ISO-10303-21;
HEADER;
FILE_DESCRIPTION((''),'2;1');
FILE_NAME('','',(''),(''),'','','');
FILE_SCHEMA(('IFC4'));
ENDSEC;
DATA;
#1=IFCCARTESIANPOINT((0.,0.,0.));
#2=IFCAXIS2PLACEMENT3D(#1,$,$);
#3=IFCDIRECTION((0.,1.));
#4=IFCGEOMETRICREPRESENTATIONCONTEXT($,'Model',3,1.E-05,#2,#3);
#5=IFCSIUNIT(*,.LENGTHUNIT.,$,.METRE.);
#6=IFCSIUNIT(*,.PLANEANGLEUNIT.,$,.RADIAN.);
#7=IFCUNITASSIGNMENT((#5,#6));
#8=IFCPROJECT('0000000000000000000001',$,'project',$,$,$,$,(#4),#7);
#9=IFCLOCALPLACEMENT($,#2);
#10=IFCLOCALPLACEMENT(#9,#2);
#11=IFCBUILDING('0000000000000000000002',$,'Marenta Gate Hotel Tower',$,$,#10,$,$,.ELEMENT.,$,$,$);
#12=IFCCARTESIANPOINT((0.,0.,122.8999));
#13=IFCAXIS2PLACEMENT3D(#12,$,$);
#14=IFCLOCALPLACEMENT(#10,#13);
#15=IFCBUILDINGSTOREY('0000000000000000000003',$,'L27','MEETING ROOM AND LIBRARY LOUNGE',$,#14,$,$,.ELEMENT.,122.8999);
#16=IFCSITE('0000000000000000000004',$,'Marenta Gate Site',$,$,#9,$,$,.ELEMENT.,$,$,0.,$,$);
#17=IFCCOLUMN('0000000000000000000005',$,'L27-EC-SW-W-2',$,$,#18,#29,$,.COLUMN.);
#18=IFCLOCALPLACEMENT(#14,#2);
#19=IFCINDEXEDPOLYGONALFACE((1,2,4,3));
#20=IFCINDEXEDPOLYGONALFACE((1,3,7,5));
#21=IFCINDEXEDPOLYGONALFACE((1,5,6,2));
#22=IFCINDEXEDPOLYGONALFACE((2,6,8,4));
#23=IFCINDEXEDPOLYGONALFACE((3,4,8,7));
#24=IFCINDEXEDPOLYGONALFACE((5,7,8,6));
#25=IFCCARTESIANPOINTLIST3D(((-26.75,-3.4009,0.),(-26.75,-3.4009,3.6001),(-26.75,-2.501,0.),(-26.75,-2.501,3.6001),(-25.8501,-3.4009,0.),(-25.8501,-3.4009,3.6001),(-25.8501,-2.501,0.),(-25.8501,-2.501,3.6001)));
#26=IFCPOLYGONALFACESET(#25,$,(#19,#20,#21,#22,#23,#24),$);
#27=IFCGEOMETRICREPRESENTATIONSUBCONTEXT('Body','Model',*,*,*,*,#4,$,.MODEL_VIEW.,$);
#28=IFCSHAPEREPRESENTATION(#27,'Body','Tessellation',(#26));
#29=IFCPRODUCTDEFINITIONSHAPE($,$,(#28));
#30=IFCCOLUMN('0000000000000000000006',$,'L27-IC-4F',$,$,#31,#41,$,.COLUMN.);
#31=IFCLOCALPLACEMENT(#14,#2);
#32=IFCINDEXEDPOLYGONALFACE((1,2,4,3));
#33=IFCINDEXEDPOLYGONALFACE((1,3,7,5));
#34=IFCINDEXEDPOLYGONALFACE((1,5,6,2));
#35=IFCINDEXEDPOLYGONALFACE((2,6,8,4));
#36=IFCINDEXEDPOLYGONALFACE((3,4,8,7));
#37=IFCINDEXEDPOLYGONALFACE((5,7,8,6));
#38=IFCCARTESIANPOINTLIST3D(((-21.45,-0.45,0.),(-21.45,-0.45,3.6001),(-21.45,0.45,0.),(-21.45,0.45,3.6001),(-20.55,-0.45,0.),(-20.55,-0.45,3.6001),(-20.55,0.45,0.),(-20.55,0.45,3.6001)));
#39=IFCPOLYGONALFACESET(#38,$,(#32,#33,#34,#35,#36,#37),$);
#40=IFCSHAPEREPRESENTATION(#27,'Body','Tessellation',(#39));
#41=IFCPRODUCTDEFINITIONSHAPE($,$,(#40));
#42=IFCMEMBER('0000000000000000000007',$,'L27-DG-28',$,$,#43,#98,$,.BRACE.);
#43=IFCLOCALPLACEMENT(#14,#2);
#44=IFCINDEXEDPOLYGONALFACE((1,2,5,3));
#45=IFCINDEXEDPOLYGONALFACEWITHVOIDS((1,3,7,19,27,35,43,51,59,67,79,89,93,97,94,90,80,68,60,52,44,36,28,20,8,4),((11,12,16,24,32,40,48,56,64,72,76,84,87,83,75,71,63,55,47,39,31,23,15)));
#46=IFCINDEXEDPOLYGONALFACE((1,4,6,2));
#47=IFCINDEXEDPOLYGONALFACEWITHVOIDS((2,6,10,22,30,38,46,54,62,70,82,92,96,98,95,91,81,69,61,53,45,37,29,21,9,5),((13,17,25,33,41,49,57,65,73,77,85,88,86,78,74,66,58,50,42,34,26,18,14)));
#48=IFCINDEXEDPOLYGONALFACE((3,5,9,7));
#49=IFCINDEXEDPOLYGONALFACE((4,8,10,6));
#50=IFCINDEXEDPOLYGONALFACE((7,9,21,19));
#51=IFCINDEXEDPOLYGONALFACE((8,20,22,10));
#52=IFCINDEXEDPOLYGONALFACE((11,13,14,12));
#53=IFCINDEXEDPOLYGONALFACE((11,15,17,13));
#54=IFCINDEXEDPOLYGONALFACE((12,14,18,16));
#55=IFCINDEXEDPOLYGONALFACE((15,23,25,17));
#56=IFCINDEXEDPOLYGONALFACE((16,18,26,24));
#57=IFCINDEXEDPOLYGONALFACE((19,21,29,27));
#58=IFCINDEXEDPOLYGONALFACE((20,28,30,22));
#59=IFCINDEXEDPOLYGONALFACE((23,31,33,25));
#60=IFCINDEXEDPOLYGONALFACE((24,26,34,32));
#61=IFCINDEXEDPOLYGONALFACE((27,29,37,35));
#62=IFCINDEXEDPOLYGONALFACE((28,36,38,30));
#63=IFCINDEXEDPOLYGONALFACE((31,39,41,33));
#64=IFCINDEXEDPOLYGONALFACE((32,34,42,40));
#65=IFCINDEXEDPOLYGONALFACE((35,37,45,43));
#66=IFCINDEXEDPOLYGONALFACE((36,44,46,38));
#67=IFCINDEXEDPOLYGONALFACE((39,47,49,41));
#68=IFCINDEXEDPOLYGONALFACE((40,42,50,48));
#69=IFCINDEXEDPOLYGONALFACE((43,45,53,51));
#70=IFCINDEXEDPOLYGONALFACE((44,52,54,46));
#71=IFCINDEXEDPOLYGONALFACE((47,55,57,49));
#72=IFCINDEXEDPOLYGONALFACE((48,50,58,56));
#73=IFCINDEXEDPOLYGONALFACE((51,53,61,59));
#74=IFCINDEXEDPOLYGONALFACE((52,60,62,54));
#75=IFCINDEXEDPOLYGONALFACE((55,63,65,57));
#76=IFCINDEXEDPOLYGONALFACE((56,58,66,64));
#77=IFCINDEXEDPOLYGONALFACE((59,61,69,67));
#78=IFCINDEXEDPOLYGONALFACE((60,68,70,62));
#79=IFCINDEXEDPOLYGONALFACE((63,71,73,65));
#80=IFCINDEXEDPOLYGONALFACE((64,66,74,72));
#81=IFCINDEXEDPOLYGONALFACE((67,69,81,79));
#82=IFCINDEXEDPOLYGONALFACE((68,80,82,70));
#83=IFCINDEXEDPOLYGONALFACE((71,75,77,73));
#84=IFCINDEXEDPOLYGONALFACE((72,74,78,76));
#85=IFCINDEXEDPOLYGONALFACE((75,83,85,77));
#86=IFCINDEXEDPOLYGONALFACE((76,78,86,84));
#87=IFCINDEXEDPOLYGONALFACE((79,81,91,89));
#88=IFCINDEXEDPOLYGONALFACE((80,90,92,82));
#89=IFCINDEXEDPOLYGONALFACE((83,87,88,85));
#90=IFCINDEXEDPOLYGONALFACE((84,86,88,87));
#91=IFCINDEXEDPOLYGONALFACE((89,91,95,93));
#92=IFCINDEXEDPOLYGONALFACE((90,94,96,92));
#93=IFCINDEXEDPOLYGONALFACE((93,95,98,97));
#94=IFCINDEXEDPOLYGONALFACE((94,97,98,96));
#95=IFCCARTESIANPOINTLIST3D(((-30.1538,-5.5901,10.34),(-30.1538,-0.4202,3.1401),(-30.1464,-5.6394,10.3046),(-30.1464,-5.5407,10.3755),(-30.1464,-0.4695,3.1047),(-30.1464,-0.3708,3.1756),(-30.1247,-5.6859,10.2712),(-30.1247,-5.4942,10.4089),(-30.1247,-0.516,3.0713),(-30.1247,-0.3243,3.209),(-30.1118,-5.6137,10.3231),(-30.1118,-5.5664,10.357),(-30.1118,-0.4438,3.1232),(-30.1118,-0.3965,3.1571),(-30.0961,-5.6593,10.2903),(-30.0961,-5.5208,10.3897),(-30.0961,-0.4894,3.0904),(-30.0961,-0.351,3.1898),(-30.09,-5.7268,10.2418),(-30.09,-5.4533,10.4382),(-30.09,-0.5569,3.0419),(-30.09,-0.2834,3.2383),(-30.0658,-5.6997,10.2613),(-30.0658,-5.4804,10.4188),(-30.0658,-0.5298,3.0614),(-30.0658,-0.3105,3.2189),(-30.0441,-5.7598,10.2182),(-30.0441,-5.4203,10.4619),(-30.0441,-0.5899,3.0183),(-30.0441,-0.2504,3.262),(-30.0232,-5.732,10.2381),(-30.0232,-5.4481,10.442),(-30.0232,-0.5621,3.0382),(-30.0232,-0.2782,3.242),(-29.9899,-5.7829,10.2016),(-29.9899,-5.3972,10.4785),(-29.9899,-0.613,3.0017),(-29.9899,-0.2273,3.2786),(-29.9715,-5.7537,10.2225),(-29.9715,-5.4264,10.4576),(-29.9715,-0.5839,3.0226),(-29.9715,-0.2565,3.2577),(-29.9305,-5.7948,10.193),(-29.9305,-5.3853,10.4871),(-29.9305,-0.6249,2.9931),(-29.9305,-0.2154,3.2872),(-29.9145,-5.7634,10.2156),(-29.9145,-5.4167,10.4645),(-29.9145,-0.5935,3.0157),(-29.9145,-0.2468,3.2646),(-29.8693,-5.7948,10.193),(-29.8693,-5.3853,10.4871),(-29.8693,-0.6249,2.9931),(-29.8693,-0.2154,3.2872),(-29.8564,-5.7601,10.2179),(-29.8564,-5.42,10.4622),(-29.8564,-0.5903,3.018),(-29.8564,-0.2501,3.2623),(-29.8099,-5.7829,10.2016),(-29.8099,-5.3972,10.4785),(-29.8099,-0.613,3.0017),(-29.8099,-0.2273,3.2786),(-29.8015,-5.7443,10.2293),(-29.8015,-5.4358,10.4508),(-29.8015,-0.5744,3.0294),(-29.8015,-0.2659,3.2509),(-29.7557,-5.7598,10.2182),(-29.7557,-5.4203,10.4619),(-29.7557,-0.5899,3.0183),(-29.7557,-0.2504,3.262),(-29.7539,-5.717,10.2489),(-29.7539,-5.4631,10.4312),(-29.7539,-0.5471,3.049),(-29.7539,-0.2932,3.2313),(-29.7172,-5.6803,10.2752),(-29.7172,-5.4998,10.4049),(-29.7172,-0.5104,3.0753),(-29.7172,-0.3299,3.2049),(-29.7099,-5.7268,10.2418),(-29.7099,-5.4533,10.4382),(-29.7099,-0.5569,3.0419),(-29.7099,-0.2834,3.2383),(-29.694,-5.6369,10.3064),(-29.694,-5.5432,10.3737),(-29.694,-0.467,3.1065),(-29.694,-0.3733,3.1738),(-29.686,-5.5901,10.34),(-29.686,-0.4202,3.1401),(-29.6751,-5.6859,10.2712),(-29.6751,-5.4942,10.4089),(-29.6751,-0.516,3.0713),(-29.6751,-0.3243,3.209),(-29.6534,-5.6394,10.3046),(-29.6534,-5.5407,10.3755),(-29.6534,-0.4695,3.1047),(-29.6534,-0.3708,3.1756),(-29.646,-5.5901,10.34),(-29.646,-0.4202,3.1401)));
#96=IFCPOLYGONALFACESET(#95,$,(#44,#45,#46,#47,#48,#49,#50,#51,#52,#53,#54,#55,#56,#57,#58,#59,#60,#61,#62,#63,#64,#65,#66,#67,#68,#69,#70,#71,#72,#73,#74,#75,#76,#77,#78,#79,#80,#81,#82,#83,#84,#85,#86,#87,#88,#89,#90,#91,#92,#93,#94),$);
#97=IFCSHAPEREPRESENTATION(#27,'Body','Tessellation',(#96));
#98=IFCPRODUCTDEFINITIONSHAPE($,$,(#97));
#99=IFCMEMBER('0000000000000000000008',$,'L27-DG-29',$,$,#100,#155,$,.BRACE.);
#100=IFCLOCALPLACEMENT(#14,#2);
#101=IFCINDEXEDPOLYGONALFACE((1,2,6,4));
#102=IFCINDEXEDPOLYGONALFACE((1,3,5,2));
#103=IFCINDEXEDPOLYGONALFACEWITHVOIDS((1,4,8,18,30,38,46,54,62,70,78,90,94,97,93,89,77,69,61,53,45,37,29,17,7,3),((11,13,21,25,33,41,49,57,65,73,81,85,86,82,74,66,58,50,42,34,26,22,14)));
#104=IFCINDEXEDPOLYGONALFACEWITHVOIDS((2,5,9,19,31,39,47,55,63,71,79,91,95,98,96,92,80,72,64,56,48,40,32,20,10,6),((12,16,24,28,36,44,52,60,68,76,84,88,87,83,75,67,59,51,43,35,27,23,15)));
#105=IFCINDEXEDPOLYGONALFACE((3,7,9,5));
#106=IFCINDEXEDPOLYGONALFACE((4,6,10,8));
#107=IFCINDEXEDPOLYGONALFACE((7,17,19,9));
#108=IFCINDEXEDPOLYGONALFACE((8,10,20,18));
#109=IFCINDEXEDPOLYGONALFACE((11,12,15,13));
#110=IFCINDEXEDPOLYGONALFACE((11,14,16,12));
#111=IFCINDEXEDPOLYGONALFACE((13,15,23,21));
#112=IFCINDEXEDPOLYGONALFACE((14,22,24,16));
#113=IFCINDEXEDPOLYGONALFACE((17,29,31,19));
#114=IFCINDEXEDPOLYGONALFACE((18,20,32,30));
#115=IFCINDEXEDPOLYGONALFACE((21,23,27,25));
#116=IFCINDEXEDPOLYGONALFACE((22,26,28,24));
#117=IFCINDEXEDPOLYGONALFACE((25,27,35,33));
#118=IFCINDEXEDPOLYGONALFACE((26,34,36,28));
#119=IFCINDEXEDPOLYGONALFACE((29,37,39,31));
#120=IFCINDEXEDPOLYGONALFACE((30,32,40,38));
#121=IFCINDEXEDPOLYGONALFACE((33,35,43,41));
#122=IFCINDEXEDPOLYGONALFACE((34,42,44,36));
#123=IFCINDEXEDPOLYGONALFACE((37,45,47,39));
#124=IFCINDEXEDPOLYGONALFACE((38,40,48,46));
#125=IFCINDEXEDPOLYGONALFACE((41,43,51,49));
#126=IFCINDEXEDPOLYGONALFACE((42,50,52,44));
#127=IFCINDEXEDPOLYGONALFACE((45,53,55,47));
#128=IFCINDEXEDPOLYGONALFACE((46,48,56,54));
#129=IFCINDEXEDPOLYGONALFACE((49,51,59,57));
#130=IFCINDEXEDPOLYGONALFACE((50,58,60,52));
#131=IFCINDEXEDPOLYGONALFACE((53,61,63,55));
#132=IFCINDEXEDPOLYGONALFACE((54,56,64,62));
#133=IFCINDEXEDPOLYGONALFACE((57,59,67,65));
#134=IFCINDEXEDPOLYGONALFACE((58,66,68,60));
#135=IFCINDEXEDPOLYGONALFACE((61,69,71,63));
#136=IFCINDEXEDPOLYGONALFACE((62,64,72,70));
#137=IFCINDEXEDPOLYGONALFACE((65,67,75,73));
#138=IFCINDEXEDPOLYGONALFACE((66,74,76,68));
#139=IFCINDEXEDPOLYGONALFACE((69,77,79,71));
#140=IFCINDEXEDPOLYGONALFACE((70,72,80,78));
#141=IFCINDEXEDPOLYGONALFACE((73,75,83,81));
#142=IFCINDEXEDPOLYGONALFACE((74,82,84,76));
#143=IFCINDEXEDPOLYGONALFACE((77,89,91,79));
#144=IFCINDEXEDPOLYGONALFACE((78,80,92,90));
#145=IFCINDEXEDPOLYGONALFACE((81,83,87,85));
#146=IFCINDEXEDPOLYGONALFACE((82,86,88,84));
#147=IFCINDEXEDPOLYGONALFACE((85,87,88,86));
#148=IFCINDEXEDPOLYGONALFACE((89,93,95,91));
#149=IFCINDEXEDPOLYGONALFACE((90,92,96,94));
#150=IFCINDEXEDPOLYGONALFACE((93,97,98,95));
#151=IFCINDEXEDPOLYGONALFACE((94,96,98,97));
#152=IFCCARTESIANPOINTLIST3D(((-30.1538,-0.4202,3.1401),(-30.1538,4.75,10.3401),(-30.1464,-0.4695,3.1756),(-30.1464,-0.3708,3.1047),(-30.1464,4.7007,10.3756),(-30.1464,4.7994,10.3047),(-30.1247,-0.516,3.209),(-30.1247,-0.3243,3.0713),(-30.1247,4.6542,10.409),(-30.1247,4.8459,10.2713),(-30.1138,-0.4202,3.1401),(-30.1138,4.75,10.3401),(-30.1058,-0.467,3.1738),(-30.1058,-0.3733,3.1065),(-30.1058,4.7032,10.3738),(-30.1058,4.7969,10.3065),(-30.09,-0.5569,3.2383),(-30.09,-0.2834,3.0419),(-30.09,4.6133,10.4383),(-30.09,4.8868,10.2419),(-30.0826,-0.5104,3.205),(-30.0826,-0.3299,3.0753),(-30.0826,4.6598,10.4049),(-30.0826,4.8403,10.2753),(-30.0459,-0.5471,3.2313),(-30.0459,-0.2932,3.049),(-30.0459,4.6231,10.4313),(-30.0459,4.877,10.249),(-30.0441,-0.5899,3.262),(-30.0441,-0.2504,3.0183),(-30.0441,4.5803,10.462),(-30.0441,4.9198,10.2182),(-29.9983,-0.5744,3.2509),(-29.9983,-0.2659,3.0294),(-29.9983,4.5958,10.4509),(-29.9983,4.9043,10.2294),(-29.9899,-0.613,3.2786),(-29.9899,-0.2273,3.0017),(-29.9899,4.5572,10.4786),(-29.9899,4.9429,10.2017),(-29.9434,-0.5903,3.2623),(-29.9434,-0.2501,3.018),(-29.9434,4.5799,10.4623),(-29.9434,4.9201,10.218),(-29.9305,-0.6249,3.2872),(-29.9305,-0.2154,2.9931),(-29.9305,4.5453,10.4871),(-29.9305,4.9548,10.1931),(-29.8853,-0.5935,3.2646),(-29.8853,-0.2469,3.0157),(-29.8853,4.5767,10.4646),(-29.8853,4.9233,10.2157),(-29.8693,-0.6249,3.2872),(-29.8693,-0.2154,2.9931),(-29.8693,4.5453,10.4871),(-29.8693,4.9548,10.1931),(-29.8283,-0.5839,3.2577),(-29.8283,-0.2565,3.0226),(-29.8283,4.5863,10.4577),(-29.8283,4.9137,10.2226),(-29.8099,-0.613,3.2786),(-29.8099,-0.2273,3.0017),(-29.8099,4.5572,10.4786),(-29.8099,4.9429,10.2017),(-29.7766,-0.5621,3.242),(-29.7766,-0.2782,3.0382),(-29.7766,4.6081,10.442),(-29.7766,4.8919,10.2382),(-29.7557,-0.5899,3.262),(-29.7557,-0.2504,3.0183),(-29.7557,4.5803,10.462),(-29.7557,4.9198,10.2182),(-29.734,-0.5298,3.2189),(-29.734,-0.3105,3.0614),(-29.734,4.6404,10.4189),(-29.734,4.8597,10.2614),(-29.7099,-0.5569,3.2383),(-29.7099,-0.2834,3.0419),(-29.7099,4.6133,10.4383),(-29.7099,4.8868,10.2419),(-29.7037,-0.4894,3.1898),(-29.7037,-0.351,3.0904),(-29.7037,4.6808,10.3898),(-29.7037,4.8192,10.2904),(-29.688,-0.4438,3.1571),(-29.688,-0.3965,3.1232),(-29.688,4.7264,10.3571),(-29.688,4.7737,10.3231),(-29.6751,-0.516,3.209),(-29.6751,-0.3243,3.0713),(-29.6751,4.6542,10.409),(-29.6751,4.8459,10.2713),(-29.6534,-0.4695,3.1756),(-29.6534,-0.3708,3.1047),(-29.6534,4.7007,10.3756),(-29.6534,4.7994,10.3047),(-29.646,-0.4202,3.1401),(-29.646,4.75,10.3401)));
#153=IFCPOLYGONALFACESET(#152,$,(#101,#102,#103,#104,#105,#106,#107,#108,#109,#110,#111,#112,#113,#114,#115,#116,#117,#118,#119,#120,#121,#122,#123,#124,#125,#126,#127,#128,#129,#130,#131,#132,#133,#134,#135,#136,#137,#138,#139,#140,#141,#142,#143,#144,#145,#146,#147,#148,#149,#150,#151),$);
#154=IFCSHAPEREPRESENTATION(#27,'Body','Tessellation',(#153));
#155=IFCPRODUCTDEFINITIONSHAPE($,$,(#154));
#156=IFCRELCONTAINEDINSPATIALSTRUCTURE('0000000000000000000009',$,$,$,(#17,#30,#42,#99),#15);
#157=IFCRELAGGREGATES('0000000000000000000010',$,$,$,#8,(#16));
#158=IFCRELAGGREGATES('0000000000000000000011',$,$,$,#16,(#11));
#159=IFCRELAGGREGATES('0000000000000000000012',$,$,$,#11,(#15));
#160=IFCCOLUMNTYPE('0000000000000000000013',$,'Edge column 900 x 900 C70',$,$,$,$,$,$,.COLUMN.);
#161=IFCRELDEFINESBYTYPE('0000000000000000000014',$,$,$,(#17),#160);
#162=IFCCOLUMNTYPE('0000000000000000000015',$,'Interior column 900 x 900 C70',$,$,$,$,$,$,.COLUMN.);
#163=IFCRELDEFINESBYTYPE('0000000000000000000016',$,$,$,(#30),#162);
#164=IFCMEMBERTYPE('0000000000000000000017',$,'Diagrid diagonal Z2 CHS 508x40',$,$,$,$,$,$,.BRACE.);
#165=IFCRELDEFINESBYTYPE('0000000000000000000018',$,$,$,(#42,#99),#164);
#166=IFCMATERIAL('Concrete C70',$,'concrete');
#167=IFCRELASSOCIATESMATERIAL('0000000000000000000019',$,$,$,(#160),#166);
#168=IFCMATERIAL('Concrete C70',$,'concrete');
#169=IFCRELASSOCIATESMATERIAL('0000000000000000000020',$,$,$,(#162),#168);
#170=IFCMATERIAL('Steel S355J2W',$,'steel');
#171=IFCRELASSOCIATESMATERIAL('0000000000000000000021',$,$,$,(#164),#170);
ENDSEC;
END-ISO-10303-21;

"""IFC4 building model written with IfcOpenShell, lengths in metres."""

from ifc_helpers import new_model, si_unit, direction, frame, origin, origin_2d, place, context, subcontext, project, spatial, rectangle, hollow_circle, extrude, material, material_profile, profile_set, type_object, element, save


model = new_model("IFC4")

# Units and contexts
model_context = context("Model", 3, precision=1e-05, world=origin(), true_north=direction((0.0, 1.0)))
body_context = subcontext(model_context, "Body", "Model", "MODEL_VIEW")
ifc_project = project(units=[si_unit("LENGTHUNIT", "METRE"), si_unit("PLANEANGLEUNIT", "RADIAN")], contexts=[model_context])

# Site, building, storey
site_placement = place(None, origin())
site = spatial("IfcSite", under=ifc_project, at=site_placement, Name="Marenta Gate Site", CompositionType="ELEMENT", RefElevation=0.0)
building_placement = place(site_placement, origin())
building = spatial("IfcBuilding", under=site, at=building_placement, Name="Marenta Gate Hotel Tower", CompositionType="ELEMENT")
storey_placement = place(building_placement, frame((0.0, 0.0, 122.8999)))
storey = spatial("IfcBuildingStorey", under=building, at=storey_placement, Name="L27", Description="MEETING ROOM AND LIBRARY LOUNGE", CompositionType="ELEMENT", Elevation=122.8999)

# Columns
ifc_material_1 = material(Name="Concrete C70", Category="concrete")
ifc_material_profile_1 = material_profile(ifc_material_1, rectangle(XDim=0.8999, YDim=0.8999, at=origin_2d()), Name="900 x 900")
ifc_profile_set_1 = profile_set([ifc_material_profile_1], Name="Concrete C70")
column_type_1 = type_object("IfcColumnType", Name="Edge column 900 x 900 C70", PredefinedType="COLUMN", material=ifc_profile_set_1)
column_1_placement = place(storey_placement, frame((-26.3, -2.9509, 0.0), z_axis=(0.0, 0.0, 1.0), x_axis=(1.0, 0.0, 0.0)))
element("IfcColumn", 1, at=column_1_placement, inside=storey, type_object=column_type_1, Name="L27-EC-SW-W-2", PredefinedType="COLUMN", context=body_context, shape_type="SweptSolid", body=[
    extrude(rectangle(XDim=0.8999, YDim=0.8999, at=origin_2d()), origin(), (0.0, 0.0, 1.0), 3.6001),
])
ifc_material_2 = material(Name="Concrete C70", Category="concrete")
ifc_material_profile_2 = material_profile(ifc_material_2, rectangle(XDim=0.8999, YDim=0.8999, at=origin_2d()), Name="900 x 900")
ifc_profile_set_2 = profile_set([ifc_material_profile_2], Name="Concrete C70")
column_type_2 = type_object("IfcColumnType", Name="Interior column 900 x 900 C70", PredefinedType="COLUMN", material=ifc_profile_set_2)
column_2_placement = place(storey_placement, frame((-21.0, 0.0, 0.0), z_axis=(0.0, 0.0, 1.0), x_axis=(1.0, 0.0, 0.0)))
element("IfcColumn", 2, at=column_2_placement, inside=storey, type_object=column_type_2, Name="L27-IC-4F", PredefinedType="COLUMN", context=body_context, shape_type="SweptSolid", body=[
    extrude(rectangle(XDim=0.8999, YDim=0.8999, at=origin_2d()), origin(), (0.0, 0.0, 1.0), 3.6001),
])

# Members
ifc_material_3 = material(Name="Steel S355J2W", Category="steel")
ifc_material_profile_3 = material_profile(ifc_material_3, hollow_circle(Radius=0.2539, WallThickness=0.04, at=origin_2d()), Name="CHS 508x40")
ifc_profile_set_3 = profile_set([ifc_material_profile_3], Name="Steel S355J2W")
member_type_1 = type_object("IfcMemberType", Name="Diagrid diagonal Z2 CHS 508x40", PredefinedType="BRACE", material=ifc_profile_set_3)
member_1_placement = place(storey_placement, frame((-29.8999, -0.4202, 3.1401), z_axis=(0.0, -0.583261, 0.812285), x_axis=(1.0, 0.0, 0.0)))
element("IfcMember", 3, at=member_1_placement, inside=storey, type_object=member_type_1, Name="L27-DG-28", PredefinedType="BRACE", context=body_context, shape_type="SweptSolid", body=[
    extrude(hollow_circle(Radius=0.2539, WallThickness=0.04, at=origin_2d()), origin(), (0.0, 0.0, 1.0), 8.8638),
])
member_2_placement = place(storey_placement, frame((-29.8999, -0.4202, 3.1401), z_axis=(0.0, 0.583279, 0.812272), x_axis=(-1.0, 0.0, 0.0)))
element("IfcMember", 4, at=member_2_placement, inside=storey, type_object=member_type_1, Name="L27-DG-29", PredefinedType="BRACE", context=body_context, shape_type="SweptSolid", body=[
    extrude(hollow_circle(Radius=0.2539, WallThickness=0.04, at=origin_2d()), origin(), (0.0, 0.0, 1.0), 8.864),
])

save(model, "model.ifc")
